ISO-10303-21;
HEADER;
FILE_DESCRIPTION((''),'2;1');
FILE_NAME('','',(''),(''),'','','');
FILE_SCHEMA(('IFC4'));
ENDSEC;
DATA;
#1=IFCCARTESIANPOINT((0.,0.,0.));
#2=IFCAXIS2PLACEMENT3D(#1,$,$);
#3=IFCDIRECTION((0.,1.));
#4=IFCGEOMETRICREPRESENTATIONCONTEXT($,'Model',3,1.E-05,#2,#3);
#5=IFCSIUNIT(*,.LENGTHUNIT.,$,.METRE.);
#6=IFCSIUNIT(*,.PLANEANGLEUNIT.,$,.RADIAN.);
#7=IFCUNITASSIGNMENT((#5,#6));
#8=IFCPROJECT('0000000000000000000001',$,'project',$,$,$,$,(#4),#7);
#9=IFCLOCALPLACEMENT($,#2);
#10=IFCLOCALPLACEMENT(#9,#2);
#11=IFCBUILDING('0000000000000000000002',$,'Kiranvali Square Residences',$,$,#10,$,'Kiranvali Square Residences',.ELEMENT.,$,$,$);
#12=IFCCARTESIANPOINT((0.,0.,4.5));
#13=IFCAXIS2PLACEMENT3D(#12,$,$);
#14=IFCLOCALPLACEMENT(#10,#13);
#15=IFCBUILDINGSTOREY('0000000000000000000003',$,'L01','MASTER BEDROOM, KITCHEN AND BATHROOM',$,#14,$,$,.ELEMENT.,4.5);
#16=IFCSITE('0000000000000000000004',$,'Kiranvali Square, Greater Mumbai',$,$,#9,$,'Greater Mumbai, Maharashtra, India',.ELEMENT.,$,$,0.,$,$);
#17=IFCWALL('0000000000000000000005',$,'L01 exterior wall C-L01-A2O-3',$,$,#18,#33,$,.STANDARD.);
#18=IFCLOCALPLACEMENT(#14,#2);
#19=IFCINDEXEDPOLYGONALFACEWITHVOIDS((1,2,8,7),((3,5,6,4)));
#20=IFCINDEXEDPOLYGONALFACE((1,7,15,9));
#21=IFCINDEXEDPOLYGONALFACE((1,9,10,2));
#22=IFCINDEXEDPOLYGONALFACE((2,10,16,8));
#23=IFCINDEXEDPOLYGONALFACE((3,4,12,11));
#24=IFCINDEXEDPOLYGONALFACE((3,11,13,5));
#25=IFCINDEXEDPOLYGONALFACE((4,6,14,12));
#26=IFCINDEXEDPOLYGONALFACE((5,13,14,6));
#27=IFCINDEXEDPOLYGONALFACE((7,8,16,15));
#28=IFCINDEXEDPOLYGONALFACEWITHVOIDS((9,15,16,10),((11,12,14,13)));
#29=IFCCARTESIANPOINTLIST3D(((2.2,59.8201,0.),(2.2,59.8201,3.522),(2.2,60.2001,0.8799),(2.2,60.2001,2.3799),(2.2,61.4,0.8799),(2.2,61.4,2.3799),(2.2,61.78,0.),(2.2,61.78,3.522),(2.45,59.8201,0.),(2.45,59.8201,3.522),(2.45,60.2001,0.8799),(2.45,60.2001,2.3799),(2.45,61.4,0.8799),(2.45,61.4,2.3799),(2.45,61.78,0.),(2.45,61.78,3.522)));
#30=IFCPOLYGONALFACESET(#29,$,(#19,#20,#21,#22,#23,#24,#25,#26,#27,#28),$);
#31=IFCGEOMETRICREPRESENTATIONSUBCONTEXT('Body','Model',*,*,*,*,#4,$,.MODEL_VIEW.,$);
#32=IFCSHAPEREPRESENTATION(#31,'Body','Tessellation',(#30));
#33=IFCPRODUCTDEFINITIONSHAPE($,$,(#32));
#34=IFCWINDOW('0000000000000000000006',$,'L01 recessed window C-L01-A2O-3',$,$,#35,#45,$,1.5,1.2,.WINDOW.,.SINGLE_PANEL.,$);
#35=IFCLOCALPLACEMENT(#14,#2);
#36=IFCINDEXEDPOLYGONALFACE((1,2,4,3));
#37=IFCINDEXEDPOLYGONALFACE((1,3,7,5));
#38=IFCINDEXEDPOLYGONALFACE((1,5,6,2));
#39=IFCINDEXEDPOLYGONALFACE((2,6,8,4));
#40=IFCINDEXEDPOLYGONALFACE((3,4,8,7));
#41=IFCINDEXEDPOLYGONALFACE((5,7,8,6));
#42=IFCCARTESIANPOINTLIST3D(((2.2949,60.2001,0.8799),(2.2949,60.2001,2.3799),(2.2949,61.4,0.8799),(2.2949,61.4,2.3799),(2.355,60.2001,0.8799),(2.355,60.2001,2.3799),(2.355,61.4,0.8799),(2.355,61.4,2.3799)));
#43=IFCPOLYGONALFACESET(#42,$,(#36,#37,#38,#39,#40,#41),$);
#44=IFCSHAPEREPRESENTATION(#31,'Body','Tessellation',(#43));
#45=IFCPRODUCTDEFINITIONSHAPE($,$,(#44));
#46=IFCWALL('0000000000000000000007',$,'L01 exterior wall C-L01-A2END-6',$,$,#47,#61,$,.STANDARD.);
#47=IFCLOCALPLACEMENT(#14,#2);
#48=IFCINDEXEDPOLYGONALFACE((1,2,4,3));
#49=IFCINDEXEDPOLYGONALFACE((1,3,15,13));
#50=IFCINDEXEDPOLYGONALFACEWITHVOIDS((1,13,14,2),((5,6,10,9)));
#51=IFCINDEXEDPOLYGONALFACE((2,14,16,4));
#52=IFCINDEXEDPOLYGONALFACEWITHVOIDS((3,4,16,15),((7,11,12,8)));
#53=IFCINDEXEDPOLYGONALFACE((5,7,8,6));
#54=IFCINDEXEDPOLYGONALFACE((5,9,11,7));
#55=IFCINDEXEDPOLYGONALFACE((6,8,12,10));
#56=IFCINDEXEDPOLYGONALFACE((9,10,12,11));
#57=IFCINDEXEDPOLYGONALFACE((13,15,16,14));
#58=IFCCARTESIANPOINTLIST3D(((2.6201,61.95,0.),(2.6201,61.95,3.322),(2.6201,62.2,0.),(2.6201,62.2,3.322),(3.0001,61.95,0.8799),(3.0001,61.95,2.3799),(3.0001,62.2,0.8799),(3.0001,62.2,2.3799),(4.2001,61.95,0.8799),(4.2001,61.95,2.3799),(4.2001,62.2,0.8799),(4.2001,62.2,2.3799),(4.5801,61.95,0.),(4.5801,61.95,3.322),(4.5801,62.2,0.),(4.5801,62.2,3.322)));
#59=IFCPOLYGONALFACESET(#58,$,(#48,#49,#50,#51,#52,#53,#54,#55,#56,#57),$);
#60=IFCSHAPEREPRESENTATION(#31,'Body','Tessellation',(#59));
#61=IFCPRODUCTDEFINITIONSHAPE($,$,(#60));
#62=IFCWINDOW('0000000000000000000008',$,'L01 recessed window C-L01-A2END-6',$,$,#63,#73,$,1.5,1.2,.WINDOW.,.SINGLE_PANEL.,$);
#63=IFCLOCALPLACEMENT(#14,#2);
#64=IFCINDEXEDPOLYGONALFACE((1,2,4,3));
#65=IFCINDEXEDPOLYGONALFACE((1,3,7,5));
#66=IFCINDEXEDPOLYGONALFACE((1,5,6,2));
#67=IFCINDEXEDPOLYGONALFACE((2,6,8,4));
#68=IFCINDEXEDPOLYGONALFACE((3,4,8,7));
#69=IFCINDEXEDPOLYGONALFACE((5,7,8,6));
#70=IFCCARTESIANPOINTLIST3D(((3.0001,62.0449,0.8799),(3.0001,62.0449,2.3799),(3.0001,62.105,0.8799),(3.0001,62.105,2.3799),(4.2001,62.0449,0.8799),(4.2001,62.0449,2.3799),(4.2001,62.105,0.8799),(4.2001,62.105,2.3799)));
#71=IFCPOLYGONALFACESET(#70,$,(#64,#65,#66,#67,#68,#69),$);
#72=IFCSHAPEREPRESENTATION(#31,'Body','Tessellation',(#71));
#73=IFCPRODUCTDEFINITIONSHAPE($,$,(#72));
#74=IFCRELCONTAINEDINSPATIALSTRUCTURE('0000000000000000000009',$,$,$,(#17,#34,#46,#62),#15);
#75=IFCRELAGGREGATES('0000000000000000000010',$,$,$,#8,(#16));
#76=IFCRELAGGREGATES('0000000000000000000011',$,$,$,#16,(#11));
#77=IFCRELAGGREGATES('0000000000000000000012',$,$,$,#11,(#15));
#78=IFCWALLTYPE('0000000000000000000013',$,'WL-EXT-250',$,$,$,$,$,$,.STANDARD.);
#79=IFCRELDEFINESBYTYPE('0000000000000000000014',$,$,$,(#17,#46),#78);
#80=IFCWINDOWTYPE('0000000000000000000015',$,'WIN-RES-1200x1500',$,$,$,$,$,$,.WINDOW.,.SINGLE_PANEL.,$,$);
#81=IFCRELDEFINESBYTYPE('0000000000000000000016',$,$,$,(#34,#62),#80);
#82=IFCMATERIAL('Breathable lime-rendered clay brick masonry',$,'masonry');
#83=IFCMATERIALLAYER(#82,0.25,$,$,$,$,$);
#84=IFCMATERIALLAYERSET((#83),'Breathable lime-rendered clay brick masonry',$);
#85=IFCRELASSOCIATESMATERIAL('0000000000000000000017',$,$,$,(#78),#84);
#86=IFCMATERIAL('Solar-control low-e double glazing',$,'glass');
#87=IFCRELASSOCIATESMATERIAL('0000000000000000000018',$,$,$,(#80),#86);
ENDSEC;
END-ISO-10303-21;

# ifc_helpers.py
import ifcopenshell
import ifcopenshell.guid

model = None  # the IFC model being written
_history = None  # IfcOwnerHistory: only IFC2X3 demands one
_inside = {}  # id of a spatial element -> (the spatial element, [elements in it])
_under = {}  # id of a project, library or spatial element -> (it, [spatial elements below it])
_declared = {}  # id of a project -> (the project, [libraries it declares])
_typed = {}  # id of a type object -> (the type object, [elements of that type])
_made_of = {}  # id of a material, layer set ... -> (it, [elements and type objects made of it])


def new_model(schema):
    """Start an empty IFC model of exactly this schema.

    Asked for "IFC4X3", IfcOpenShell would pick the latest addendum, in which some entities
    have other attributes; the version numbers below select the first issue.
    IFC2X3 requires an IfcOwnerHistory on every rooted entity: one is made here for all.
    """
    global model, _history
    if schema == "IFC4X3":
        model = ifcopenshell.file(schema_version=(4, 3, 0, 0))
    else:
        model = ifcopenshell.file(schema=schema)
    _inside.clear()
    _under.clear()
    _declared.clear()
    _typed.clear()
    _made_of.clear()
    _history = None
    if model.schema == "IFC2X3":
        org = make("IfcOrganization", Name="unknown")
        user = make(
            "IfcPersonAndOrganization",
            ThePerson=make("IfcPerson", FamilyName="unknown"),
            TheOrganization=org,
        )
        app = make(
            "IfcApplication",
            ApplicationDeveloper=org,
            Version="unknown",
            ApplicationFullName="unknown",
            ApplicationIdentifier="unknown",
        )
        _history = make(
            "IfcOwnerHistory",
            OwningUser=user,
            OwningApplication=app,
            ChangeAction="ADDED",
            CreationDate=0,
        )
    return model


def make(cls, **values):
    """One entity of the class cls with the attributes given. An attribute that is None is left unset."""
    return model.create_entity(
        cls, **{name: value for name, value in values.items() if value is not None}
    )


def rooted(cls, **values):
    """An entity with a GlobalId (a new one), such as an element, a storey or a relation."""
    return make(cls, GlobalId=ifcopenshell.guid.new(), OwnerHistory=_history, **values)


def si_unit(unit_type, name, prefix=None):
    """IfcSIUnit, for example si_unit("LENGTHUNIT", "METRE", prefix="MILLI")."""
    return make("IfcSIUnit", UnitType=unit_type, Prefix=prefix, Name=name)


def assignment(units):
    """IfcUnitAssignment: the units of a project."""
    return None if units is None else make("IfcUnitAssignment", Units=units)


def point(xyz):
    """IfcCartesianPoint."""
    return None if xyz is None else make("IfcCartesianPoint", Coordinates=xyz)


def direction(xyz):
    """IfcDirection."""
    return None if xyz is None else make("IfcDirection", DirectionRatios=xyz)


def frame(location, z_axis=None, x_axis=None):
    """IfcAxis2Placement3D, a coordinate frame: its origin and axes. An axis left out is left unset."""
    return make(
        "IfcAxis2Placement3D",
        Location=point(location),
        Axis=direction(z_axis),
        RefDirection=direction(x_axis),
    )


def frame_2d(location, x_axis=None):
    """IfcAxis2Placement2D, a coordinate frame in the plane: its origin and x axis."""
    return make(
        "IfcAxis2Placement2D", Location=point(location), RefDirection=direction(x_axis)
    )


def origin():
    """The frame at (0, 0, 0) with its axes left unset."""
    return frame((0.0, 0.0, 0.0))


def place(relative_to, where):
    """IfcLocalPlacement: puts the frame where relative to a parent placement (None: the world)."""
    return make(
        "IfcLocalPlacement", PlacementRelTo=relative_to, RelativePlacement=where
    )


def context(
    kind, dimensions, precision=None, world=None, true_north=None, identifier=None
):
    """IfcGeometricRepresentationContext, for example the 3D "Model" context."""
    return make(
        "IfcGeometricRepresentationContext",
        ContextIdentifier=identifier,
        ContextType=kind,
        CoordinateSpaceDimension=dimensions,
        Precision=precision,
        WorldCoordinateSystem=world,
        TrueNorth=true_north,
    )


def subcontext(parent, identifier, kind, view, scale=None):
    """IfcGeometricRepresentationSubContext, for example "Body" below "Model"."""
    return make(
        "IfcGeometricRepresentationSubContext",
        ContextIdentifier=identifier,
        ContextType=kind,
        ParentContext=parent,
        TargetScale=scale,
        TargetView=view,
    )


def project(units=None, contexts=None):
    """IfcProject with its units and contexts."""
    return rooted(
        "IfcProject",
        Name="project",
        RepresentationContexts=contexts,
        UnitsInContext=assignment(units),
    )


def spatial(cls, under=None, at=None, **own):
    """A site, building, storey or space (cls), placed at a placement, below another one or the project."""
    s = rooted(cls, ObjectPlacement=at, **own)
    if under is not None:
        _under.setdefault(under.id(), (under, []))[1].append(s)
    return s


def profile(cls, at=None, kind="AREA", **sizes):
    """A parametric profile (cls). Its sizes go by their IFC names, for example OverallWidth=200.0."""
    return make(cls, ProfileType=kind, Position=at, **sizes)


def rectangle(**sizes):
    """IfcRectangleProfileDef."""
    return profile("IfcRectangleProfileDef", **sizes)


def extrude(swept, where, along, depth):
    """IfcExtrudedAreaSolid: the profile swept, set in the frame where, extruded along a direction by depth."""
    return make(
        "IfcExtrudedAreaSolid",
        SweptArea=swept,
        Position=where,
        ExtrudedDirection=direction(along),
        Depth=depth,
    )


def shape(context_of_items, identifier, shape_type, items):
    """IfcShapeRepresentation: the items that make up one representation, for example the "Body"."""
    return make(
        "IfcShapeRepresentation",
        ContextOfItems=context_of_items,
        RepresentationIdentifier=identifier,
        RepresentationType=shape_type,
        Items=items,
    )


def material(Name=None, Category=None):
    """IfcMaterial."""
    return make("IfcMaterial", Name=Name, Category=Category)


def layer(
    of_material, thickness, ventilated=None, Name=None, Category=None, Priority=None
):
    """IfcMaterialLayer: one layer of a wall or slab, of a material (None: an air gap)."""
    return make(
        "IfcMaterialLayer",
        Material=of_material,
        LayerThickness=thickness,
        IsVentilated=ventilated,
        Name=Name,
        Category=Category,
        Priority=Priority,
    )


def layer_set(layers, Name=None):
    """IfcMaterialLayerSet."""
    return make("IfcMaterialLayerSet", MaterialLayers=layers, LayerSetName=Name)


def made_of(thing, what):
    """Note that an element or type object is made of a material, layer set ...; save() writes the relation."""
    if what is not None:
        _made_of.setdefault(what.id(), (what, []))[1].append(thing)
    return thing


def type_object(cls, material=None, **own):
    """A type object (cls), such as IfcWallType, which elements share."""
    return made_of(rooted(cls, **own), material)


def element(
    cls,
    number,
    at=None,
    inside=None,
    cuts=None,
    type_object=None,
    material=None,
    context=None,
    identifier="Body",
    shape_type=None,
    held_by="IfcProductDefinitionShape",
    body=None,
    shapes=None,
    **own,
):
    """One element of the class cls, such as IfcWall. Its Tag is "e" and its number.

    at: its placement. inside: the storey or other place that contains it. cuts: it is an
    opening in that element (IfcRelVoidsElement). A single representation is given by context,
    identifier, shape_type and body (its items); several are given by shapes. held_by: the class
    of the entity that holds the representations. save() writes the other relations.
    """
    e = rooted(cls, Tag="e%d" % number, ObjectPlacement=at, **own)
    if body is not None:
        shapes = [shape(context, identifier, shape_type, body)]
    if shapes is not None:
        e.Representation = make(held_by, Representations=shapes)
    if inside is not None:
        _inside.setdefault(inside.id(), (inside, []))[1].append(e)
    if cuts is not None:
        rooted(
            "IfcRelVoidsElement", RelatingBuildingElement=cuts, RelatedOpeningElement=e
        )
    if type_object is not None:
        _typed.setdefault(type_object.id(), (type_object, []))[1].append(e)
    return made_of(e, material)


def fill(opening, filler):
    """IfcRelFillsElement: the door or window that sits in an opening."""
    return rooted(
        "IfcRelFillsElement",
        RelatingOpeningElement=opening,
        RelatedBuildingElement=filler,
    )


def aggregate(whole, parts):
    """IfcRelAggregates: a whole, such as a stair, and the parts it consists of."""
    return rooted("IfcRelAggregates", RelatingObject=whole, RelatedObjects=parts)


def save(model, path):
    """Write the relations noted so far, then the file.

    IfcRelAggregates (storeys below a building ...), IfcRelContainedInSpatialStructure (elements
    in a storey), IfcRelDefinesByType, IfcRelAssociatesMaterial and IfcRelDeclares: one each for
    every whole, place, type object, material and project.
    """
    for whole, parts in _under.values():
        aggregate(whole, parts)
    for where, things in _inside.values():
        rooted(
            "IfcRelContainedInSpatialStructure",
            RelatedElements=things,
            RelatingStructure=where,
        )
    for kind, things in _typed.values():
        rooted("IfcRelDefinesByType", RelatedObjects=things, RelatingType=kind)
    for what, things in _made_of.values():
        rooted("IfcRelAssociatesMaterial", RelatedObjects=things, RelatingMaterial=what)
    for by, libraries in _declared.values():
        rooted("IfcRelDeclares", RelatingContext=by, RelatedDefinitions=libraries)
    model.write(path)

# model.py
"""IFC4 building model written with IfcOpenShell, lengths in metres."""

from ifc_helpers import new_model, si_unit, direction, frame, frame_2d, origin, place, context, subcontext, project, spatial, rectangle, extrude, material, layer, layer_set, type_object, element, fill, save


model = new_model("IFC4")

# Units and contexts
model_context = context("Model", 3, precision=1e-05, world=origin(), true_north=direction((0.0, 1.0)))
body_context = subcontext(model_context, "Body", "Model", "MODEL_VIEW")
ifc_project = project(units=[si_unit("LENGTHUNIT", "METRE"), si_unit("PLANEANGLEUNIT", "RADIAN")], contexts=[model_context])

# Site, building, storey
site_placement = place(None, origin())
site = spatial("IfcSite", under=ifc_project, at=site_placement, Name="Kiranvali Square, Greater Mumbai", LongName="Greater Mumbai, Maharashtra, India", CompositionType="ELEMENT", RefElevation=0.0)
building_placement = place(site_placement, origin())
building = spatial("IfcBuilding", under=site, at=building_placement, Name="Kiranvali Square Residences", LongName="Kiranvali Square Residences", CompositionType="ELEMENT")
storey_placement = place(building_placement, frame((0.0, 0.0, 4.5)))
storey = spatial("IfcBuildingStorey", under=building, at=storey_placement, Name="L01", Description="MASTER BEDROOM, KITCHEN AND BATHROOM", CompositionType="ELEMENT", Elevation=4.5)

# Shared definitions
ifc_material_1 = material(Name="Solar-control low-e double glazing", Category="glass")

# Walls, openings, windows
ifc_material_2 = material(Name="Breathable lime-rendered clay brick masonry", Category="masonry")
ifc_layer_1 = layer(ifc_material_2, 0.25)
ifc_layer_set_1 = layer_set([ifc_layer_1], Name="Breathable lime-rendered clay brick masonry")
wall_type = type_object("IfcWallType", Name="WL-EXT-250", PredefinedType="STANDARD", material=ifc_layer_set_1)
window_type = type_object("IfcWindowType", Name="WIN-RES-1200x1500", PartitioningType="SINGLE_PANEL", PredefinedType="WINDOW", material=ifc_material_1)
wall_1_placement = place(storey_placement, frame((2.325, 59.8201, 0.0), z_axis=(0.0, 0.0, 1.0), x_axis=(0.0, 1.0, 0.0)))
wall_1 = element("IfcWall", 1, at=wall_1_placement, inside=storey, type_object=wall_type, Name="L01 exterior wall C-L01-A2O-3", PredefinedType="STANDARD", context=body_context, shape_type="SweptSolid", body=[
    extrude(rectangle(XDim=1.96, YDim=0.25, at=frame_2d((0.98, 0.0))), origin(), (0.0, 0.0, 1.0), 3.522),
])
opening_1_placement = place(wall_1_placement, frame((0.3799, 0.0, 0.8799)))
opening_1 = element("IfcOpeningElement", 2, at=opening_1_placement, cuts=wall_1, PredefinedType="OPENING", context=body_context, shape_type="SweptSolid", body=[
    extrude(rectangle(XDim=1.2, YDim=1.5, at=frame_2d((0.6001, 0.75))), frame((0.0, 0.135, 0.0), z_axis=(0.0, -1.0, 0.0), x_axis=(1.0, 0.0, 0.0)), (0.0, 0.0, 1.0), 0.27),
])
window_1_placement = place(opening_1_placement, origin())
window_1 = element("IfcWindow", 3, at=window_1_placement, inside=storey, type_object=window_type, Name="L01 recessed window C-L01-A2O-3", OverallHeight=1.5, OverallWidth=1.2, PartitioningType="SINGLE_PANEL", PredefinedType="WINDOW", context=body_context, shape_type="SweptSolid", body=[
    extrude(rectangle(XDim=1.2, YDim=1.5, at=frame_2d((0.6001, 0.75))), frame((0.0, 0.03, 0.0), z_axis=(0.0, -1.0, 0.0), x_axis=(1.0, 0.0, 0.0)), (0.0, 0.0, 1.0), 0.0601),
])
fill(opening_1, window_1)
wall_2_placement = place(storey_placement, frame((4.5801, 62.075, 0.0), z_axis=(0.0, 0.0, 1.0), x_axis=(-1.0, 0.0, 0.0)))
wall_2 = element("IfcWall", 4, at=wall_2_placement, inside=storey, type_object=wall_type, Name="L01 exterior wall C-L01-A2END-6", PredefinedType="STANDARD", context=body_context, shape_type="SweptSolid", body=[
    extrude(rectangle(XDim=1.96, YDim=0.25, at=frame_2d((0.98, 0.0))), origin(), (0.0, 0.0, 1.0), 3.322),
])
opening_2_placement = place(wall_2_placement, frame((0.3799, 0.0, 0.8799)))
opening_2 = element("IfcOpeningElement", 5, at=opening_2_placement, cuts=wall_2, PredefinedType="OPENING", context=body_context, shape_type="SweptSolid", body=[
    extrude(rectangle(XDim=1.2, YDim=1.5, at=frame_2d((0.6001, 0.75))), frame((0.0, 0.135, 0.0), z_axis=(0.0, -1.0, 0.0), x_axis=(1.0, 0.0, 0.0)), (0.0, 0.0, 1.0), 0.27),
])
window_2_placement = place(opening_2_placement, origin())
window_2 = element("IfcWindow", 6, at=window_2_placement, inside=storey, type_object=window_type, Name="L01 recessed window C-L01-A2END-6", OverallHeight=1.5, OverallWidth=1.2, PartitioningType="SINGLE_PANEL", PredefinedType="WINDOW", context=body_context, shape_type="SweptSolid", body=[
    extrude(rectangle(XDim=1.2, YDim=1.5, at=frame_2d((0.6001, 0.75))), frame((0.0, 0.03, 0.0), z_axis=(0.0, -1.0, 0.0), x_axis=(1.0, 0.0, 0.0)), (0.0, 0.0, 1.0), 0.0601),
])
fill(opening_2, window_2)

save(model, "model.ifc")
